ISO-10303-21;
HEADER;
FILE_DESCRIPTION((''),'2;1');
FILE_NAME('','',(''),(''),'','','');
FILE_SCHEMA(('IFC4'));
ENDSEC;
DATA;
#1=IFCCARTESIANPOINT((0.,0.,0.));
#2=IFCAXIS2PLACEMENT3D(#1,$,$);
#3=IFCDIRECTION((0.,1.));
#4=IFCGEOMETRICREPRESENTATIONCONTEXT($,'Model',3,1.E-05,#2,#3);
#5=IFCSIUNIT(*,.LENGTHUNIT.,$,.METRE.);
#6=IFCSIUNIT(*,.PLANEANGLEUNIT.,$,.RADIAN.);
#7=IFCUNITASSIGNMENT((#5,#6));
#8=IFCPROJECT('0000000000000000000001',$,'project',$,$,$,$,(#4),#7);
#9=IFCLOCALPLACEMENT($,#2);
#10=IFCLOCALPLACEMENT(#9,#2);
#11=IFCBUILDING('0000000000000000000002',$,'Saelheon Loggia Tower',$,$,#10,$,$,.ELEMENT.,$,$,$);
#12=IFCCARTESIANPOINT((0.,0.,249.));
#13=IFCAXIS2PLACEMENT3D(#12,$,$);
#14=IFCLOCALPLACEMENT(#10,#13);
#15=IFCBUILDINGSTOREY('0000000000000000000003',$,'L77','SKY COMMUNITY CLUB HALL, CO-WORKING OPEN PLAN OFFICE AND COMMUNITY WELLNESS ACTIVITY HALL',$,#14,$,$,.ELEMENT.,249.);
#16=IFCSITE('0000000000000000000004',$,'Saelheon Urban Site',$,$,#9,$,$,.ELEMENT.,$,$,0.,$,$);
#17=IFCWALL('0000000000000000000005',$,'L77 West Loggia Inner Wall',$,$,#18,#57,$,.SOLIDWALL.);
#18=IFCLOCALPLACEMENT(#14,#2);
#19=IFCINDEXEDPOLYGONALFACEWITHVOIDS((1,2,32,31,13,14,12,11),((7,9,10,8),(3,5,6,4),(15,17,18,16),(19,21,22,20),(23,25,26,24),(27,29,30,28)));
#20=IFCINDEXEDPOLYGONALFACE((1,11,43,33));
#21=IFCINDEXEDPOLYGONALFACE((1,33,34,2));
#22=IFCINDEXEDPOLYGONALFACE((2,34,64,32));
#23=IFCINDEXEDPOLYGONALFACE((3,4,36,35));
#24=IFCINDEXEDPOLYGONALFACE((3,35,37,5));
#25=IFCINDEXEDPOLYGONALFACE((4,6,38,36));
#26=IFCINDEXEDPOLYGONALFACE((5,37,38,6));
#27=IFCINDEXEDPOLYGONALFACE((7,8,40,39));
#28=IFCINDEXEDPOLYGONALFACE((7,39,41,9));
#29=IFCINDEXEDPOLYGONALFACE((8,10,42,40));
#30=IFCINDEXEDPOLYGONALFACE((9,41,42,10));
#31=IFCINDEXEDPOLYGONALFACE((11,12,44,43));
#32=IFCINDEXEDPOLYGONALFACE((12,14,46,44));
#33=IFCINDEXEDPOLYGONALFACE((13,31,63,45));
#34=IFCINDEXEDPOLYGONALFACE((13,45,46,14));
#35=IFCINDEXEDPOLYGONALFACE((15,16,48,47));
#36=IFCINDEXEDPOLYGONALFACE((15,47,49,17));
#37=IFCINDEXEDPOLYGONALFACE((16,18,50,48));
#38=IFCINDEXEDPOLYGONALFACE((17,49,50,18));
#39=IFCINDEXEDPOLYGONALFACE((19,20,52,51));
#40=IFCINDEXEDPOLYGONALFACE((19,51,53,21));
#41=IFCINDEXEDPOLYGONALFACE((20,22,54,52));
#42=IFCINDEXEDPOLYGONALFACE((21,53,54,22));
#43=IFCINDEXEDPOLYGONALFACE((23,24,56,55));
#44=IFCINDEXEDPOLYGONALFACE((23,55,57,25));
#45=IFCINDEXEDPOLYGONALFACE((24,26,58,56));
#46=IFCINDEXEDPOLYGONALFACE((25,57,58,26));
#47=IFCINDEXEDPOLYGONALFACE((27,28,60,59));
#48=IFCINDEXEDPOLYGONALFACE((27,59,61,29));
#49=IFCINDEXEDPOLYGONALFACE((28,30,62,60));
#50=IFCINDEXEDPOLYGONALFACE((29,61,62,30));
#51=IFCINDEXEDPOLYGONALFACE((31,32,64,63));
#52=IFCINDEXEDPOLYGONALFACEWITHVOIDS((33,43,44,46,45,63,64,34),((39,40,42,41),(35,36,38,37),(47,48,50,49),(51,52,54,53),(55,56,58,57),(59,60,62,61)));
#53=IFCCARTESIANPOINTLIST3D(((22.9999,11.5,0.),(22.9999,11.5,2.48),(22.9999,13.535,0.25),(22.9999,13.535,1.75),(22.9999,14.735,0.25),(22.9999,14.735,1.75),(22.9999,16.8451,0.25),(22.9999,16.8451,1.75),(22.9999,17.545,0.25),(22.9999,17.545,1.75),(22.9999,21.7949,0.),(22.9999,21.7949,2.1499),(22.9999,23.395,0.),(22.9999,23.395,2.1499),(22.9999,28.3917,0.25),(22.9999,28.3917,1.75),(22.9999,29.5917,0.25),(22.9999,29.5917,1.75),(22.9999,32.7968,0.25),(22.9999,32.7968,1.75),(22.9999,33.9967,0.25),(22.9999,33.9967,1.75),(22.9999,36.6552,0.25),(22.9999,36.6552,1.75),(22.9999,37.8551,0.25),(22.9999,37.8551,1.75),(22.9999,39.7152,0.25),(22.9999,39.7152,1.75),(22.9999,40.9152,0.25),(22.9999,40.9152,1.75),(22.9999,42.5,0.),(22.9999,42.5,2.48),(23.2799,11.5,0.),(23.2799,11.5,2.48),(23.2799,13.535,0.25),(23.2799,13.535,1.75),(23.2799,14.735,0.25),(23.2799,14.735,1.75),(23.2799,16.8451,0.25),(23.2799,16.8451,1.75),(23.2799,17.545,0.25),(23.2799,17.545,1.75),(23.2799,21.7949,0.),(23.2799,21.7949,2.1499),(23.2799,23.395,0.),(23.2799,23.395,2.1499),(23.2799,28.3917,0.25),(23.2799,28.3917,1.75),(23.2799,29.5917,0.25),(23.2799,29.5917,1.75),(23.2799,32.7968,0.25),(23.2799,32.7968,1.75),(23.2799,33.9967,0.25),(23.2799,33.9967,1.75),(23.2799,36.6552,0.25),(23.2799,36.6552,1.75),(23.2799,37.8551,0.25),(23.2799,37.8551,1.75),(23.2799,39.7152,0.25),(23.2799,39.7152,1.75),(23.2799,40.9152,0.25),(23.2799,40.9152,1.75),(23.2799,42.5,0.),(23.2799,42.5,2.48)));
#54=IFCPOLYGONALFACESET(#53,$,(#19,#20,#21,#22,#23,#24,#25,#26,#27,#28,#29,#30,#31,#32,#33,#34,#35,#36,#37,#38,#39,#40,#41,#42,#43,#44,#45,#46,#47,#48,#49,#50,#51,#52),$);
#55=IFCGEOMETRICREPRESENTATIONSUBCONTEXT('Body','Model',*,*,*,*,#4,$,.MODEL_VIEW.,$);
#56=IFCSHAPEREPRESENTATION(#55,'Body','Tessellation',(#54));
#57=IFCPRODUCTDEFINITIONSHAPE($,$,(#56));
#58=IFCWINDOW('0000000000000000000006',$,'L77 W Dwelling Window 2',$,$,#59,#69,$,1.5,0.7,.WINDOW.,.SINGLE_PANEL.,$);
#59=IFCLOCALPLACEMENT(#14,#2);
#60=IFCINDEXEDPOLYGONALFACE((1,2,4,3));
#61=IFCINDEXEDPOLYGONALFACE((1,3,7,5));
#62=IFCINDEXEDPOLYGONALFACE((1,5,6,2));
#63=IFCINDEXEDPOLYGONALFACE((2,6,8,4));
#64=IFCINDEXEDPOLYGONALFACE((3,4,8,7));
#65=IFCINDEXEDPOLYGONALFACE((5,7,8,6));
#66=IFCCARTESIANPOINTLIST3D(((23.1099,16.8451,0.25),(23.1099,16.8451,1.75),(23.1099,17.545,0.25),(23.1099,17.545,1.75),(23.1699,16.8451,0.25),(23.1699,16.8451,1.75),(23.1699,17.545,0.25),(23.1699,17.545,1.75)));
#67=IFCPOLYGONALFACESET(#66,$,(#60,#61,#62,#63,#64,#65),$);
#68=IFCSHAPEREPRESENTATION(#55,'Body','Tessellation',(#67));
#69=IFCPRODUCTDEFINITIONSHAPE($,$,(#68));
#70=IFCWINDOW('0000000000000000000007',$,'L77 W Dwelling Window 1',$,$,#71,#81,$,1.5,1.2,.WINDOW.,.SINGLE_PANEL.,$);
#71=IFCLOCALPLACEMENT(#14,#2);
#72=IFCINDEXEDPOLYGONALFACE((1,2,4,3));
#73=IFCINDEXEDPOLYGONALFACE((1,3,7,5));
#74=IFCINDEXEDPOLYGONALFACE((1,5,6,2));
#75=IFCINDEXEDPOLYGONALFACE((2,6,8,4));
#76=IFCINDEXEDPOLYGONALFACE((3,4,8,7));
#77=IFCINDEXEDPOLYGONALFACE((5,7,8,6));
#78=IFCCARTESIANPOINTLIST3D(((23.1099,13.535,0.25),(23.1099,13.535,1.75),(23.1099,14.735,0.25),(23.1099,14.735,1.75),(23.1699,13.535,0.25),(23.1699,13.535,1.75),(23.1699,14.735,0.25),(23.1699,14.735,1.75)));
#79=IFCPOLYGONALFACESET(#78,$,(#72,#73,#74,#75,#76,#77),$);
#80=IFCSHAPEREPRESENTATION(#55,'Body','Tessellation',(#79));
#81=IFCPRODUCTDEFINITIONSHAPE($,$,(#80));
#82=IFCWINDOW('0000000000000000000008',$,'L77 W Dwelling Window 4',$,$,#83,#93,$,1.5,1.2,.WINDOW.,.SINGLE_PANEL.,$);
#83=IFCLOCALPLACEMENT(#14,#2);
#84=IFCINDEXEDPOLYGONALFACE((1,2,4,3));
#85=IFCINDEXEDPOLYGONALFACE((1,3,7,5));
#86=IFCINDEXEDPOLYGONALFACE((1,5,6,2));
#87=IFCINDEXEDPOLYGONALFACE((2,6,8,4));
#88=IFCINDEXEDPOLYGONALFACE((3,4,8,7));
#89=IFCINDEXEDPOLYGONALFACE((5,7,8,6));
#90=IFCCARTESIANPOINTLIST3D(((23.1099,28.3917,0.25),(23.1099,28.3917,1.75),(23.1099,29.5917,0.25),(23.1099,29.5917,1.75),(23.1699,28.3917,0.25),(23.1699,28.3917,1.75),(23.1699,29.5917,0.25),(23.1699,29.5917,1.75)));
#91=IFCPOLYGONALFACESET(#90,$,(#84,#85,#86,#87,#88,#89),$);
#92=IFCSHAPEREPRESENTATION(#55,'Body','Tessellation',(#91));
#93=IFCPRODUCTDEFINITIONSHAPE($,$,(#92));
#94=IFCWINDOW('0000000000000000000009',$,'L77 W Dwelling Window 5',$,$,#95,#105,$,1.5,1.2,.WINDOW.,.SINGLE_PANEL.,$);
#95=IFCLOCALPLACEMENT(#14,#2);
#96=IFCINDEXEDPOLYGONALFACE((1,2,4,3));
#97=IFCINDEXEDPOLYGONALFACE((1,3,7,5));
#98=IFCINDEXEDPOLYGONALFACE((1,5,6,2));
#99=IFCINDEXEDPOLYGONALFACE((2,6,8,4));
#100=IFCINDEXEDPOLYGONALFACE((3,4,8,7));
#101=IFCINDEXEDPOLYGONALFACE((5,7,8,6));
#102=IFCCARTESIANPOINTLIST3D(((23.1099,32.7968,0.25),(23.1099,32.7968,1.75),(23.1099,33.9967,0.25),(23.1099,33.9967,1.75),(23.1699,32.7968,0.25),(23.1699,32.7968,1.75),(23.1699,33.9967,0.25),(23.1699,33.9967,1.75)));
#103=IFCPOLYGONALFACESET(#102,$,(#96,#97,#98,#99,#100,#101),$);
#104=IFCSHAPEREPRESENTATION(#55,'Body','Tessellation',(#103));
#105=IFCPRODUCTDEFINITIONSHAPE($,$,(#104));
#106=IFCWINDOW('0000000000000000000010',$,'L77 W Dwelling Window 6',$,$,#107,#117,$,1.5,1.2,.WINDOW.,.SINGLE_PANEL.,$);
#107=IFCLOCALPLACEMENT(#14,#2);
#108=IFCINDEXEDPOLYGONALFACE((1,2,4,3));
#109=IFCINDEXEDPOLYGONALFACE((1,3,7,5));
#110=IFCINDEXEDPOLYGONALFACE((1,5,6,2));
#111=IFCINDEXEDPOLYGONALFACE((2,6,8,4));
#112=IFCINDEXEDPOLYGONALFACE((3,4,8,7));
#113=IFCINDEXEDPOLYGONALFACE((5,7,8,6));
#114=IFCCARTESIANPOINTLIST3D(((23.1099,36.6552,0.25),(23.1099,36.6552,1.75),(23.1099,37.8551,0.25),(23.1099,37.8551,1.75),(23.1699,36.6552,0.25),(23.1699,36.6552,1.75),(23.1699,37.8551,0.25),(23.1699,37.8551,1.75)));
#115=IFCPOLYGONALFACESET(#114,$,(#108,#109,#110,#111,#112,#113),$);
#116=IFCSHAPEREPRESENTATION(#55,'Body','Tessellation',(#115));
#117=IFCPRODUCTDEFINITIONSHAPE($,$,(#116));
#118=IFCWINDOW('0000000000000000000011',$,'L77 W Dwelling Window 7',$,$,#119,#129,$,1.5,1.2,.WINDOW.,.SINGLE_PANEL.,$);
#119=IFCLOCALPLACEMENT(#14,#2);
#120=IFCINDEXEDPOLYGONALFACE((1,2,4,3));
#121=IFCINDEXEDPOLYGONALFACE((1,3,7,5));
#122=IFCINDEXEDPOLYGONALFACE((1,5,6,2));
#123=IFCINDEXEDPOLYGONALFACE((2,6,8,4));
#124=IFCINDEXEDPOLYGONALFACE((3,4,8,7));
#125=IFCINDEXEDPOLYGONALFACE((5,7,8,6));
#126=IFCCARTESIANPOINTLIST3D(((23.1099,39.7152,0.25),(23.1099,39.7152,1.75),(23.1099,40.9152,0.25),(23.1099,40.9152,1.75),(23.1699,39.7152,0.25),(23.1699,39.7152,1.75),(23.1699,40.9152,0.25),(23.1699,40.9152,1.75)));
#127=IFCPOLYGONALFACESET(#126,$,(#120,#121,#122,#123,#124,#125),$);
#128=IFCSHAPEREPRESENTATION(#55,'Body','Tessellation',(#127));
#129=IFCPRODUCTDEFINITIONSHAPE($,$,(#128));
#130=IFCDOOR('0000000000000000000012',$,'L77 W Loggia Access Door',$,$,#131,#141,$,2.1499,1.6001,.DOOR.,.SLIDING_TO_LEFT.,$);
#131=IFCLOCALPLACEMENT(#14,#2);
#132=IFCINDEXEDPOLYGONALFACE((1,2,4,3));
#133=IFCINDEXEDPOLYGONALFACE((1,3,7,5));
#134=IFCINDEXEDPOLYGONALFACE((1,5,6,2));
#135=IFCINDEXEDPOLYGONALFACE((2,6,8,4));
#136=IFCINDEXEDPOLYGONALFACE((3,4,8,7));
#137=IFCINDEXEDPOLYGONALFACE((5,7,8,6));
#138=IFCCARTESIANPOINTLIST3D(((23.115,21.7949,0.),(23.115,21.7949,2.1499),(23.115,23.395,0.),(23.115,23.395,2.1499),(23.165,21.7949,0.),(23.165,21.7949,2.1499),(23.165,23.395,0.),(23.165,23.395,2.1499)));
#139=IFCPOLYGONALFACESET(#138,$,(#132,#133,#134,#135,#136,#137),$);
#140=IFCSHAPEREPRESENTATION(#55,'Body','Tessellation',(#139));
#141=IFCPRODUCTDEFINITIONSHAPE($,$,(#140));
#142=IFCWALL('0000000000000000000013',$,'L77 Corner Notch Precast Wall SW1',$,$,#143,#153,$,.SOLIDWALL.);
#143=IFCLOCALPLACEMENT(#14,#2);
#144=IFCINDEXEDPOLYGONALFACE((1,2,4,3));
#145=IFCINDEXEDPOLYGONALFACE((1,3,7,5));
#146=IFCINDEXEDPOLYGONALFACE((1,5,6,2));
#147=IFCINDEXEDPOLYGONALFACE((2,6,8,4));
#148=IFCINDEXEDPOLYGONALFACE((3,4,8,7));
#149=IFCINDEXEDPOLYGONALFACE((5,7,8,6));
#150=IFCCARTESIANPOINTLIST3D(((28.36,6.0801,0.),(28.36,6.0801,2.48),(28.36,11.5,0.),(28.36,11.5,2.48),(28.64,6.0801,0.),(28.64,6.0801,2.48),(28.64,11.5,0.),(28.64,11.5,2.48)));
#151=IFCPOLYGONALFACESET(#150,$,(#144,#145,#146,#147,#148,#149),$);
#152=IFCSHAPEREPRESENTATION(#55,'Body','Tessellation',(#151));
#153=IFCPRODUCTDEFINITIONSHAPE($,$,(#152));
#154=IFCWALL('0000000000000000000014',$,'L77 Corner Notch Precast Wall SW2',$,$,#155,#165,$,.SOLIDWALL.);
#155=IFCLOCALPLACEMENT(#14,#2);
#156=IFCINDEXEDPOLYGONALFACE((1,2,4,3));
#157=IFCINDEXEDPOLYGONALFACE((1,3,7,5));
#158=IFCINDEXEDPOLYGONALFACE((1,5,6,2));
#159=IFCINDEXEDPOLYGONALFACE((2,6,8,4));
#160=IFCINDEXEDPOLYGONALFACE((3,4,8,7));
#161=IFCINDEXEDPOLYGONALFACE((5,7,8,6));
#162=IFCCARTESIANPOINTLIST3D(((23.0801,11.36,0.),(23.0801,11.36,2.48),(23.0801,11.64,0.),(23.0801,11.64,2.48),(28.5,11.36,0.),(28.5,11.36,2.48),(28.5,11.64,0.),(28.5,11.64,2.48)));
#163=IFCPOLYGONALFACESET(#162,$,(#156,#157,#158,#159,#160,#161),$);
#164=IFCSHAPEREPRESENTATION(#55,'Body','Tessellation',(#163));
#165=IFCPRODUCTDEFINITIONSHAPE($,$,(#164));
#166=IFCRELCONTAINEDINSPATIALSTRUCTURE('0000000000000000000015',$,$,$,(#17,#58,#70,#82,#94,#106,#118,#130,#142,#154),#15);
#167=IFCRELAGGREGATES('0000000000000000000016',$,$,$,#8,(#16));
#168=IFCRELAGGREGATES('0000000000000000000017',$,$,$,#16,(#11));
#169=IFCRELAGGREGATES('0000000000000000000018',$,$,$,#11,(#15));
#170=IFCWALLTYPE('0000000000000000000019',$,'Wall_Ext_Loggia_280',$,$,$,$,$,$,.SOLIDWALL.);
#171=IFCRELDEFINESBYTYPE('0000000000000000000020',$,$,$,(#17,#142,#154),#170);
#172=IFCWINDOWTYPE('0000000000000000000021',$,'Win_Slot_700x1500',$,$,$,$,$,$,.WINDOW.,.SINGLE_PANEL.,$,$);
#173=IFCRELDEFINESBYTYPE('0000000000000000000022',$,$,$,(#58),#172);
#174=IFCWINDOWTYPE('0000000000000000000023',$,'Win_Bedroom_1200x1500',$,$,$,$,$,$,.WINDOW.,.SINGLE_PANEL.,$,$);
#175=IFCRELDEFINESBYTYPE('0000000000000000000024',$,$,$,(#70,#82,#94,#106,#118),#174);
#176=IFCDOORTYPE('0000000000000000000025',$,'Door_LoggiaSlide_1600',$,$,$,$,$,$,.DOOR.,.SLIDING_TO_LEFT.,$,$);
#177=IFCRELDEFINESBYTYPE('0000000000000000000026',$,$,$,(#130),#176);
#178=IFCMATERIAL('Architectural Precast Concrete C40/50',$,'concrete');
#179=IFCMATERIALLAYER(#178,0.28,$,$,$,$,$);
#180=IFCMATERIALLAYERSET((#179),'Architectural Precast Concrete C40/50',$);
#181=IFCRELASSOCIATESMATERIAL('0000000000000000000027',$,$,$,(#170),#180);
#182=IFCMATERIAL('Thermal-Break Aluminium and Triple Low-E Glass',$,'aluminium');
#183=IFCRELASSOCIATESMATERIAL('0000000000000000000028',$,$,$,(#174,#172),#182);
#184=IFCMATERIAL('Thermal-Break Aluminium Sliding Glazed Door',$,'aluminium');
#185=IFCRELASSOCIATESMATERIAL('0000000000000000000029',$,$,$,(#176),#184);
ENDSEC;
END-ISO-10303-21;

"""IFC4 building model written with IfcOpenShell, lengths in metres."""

from ifc_helpers import new_model, si_unit, direction, frame, frame_2d, origin, place, context, subcontext, project, spatial, rectangle, extrude, source, transform, mapped, material, layer, layer_set, type_object, element, fill, save


model = new_model("IFC4")

# Units and contexts
model_context = context("Model", 3, precision=1e-05, world=origin(), true_north=direction((0.0, 1.0)))
body_context = subcontext(model_context, "Body", "Model", "MODEL_VIEW")
ifc_project = project(units=[si_unit("LENGTHUNIT", "METRE"), si_unit("PLANEANGLEUNIT", "RADIAN")], contexts=[model_context])

# Site, building, storey
site_placement = place(None, origin())
site = spatial("IfcSite", under=ifc_project, at=site_placement, Name="Saelheon Urban Site", CompositionType="ELEMENT", RefElevation=0.0)
building_placement = place(site_placement, origin())
building = spatial("IfcBuilding", under=site, at=building_placement, Name="Saelheon Loggia Tower", CompositionType="ELEMENT")
storey_placement = place(building_placement, frame((0.0, 0.0, 249.0)))
storey = spatial("IfcBuildingStorey", under=building, at=storey_placement, Name="L77", Description="SKY COMMUNITY CLUB HALL, CO-WORKING OPEN PLAN OFFICE AND COMMUNITY WELLNESS ACTIVITY HALL", CompositionType="ELEMENT", Elevation=249.0)

# Wall, openings, windows, door
ifc_material_1 = material(Name="Architectural Precast Concrete C40/50", Category="concrete")
ifc_layer_1 = layer(ifc_material_1, 0.28)
ifc_layer_set_1 = layer_set([ifc_layer_1], Name="Architectural Precast Concrete C40/50")
wall_type_1 = type_object("IfcWallType", Name="Wall_Ext_Loggia_280", PredefinedType="SOLIDWALL", material=ifc_layer_set_1)
ifc_material_2 = material(Name="Thermal-Break Aluminium and Triple Low-E Glass", Category="aluminium")
window_type_1 = type_object("IfcWindowType", Name="Win_Bedroom_1200x1500", PartitioningType="SINGLE_PANEL", PredefinedType="WINDOW", material=ifc_material_2)
shared_shape_1 = source(origin(), body_context, "Body", "SweptSolid", [
    extrude(rectangle(XDim=1.2, YDim=1.5, at=frame_2d((0.6001, 0.75))), frame((0.0, 0.03, 0.0), z_axis=(0.0, -1.0, 0.0), x_axis=(1.0, 0.0, 0.0)), (0.0, 0.0, 1.0), 0.0601),
])
wall_1_placement = place(storey_placement, frame((23.1399, 11.5, 0.0), z_axis=(0.0, 0.0, 1.0), x_axis=(0.0, 1.0, 0.0)))
wall_1 = element("IfcWall", 1, at=wall_1_placement, inside=storey, type_object=wall_type_1, Name="L77 West Loggia Inner Wall", PredefinedType="SOLIDWALL", context=body_context, shape_type="SweptSolid", body=[
    extrude(rectangle(XDim=31.0, YDim=0.28, at=frame_2d((15.5, 0.0))), origin(), (0.0, 0.0, 1.0), 2.48),
])
opening_1_placement = place(wall_1_placement, frame((2.0349, 0.0, 0.25)))
opening_1 = element("IfcOpeningElement", 2, at=opening_1_placement, cuts=wall_1, PredefinedType="OPENING", context=body_context, shape_type="SweptSolid", body=[
    extrude(rectangle(XDim=1.2, YDim=1.5, at=frame_2d((0.6001, 0.75))), frame((0.0, 0.1521, 0.0), z_axis=(0.0, -1.0, 0.0), x_axis=(1.0, 0.0, 0.0)), (0.0, 0.0, 1.0), 0.304),
])
opening_2_placement = place(wall_1_placement, frame((5.345, 0.0, 0.25)))
opening_2 = element("IfcOpeningElement", 3, at=opening_2_placement, cuts=wall_1, PredefinedType="OPENING", context=body_context, shape_type="SweptSolid", body=[
    extrude(rectangle(XDim=0.7, YDim=1.5, at=frame_2d((0.3501, 0.75))), frame((0.0, 0.1521, 0.0), z_axis=(0.0, -1.0, 0.0), x_axis=(1.0, 0.0, 0.0)), (0.0, 0.0, 1.0), 0.304),
])
opening_3_placement = place(wall_1_placement, frame((10.2949, 0.0, 0.0)))
opening_3 = element("IfcOpeningElement", 4, at=opening_3_placement, cuts=wall_1, PredefinedType="OPENING", context=body_context, shape_type="SweptSolid", body=[
    extrude(rectangle(XDim=1.6001, YDim=2.1499, at=frame_2d((0.8, 1.075))), frame((0.0, 0.1521, 0.0), z_axis=(0.0, -1.0, 0.0), x_axis=(1.0, 0.0, 0.0)), (0.0, 0.0, 1.0), 0.304),
])
opening_4_placement = place(wall_1_placement, frame((16.8916, 0.0, 0.25)))
opening_4 = element("IfcOpeningElement", 5, at=opening_4_placement, cuts=wall_1, PredefinedType="OPENING", context=body_context, shape_type="SweptSolid", body=[
    extrude(rectangle(XDim=1.2, YDim=1.5, at=frame_2d((0.6001, 0.75))), frame((0.0, 0.1521, 0.0), z_axis=(0.0, -1.0, 0.0), x_axis=(1.0, 0.0, 0.0)), (0.0, 0.0, 1.0), 0.304),
])
opening_5_placement = place(wall_1_placement, frame((21.2966, 0.0, 0.25)))
opening_5 = element("IfcOpeningElement", 6, at=opening_5_placement, cuts=wall_1, PredefinedType="OPENING", context=body_context, shape_type="SweptSolid", body=[
    extrude(rectangle(XDim=1.2, YDim=1.5, at=frame_2d((0.6001, 0.75))), frame((0.0, 0.1521, 0.0), z_axis=(0.0, -1.0, 0.0), x_axis=(1.0, 0.0, 0.0)), (0.0, 0.0, 1.0), 0.304),
])
opening_6_placement = place(wall_1_placement, frame((25.155, 0.0, 0.25)))
opening_6 = element("IfcOpeningElement", 7, at=opening_6_placement, cuts=wall_1, PredefinedType="OPENING", context=body_context, shape_type="SweptSolid", body=[
    extrude(rectangle(XDim=1.2, YDim=1.5, at=frame_2d((0.6001, 0.75))), frame((0.0, 0.1521, 0.0), z_axis=(0.0, -1.0, 0.0), x_axis=(1.0, 0.0, 0.0)), (0.0, 0.0, 1.0), 0.304),
])
opening_7_placement = place(wall_1_placement, frame((28.2151, 0.0, 0.25)))
opening_7 = element("IfcOpeningElement", 8, at=opening_7_placement, cuts=wall_1, PredefinedType="OPENING", context=body_context, shape_type="SweptSolid", body=[
    extrude(rectangle(XDim=1.2, YDim=1.5, at=frame_2d((0.6001, 0.75))), frame((0.0, 0.1521, 0.0), z_axis=(0.0, -1.0, 0.0), x_axis=(1.0, 0.0, 0.0)), (0.0, 0.0, 1.0), 0.304),
])
window_type_2 = type_object("IfcWindowType", Name="Win_Slot_700x1500", PartitioningType="SINGLE_PANEL", PredefinedType="WINDOW", material=ifc_material_2)
shared_shape_2 = source(origin(), body_context, "Body", "SweptSolid", [
    extrude(rectangle(XDim=0.7, YDim=1.5, at=frame_2d((0.3501, 0.75))), frame((0.0, 0.03, 0.0), z_axis=(0.0, -1.0, 0.0), x_axis=(1.0, 0.0, 0.0)), (0.0, 0.0, 1.0), 0.0601),
])
window_1_placement = place(opening_2_placement, origin())
window_1 = element("IfcWindow", 9, at=window_1_placement, inside=storey, type_object=window_type_2, Name="L77 W Dwelling Window 2", OverallHeight=1.5, OverallWidth=0.7, PartitioningType="SINGLE_PANEL", PredefinedType="WINDOW", context=body_context, shape_type="MappedRepresentation", body=[
    mapped(shared_shape_2, transform((0.0, 0.0, 0.0), scale=1.0)),
])
fill(opening_2, window_1)
window_2_placement = place(opening_1_placement, origin())
window_2 = element("IfcWindow", 10, at=window_2_placement, inside=storey, type_object=window_type_1, Name="L77 W Dwelling Window 1", OverallHeight=1.5, OverallWidth=1.2, PartitioningType="SINGLE_PANEL", PredefinedType="WINDOW", context=body_context, shape_type="MappedRepresentation", body=[
    mapped(shared_shape_1, transform((0.0, 0.0, 0.0), scale=1.0)),
])
fill(opening_1, window_2)
window_3_placement = place(opening_4_placement, origin())
window_3 = element("IfcWindow", 11, at=window_3_placement, inside=storey, type_object=window_type_1, Name="L77 W Dwelling Window 4", OverallHeight=1.5, OverallWidth=1.2, PartitioningType="SINGLE_PANEL", PredefinedType="WINDOW", context=body_context, shape_type="MappedRepresentation", body=[
    mapped(shared_shape_1, transform((0.0, 0.0, 0.0), scale=1.0)),
])
fill(opening_4, window_3)
window_4_placement = place(opening_5_placement, origin())
window_4 = element("IfcWindow", 12, at=window_4_placement, inside=storey, type_object=window_type_1, Name="L77 W Dwelling Window 5", OverallHeight=1.5, OverallWidth=1.2, PartitioningType="SINGLE_PANEL", PredefinedType="WINDOW", context=body_context, shape_type="MappedRepresentation", body=[
    mapped(shared_shape_1, transform((0.0, 0.0, 0.0), scale=1.0)),
])
fill(opening_5, window_4)
window_5_placement = place(opening_6_placement, origin())
window_5 = element("IfcWindow", 13, at=window_5_placement, inside=storey, type_object=window_type_1, Name="L77 W Dwelling Window 6", OverallHeight=1.5, OverallWidth=1.2, PartitioningType="SINGLE_PANEL", PredefinedType="WINDOW", context=body_context, shape_type="MappedRepresentation", body=[
    mapped(shared_shape_1, transform((0.0, 0.0, 0.0), scale=1.0)),
])
fill(opening_6, window_5)
window_6_placement = place(opening_7_placement, origin())
window_6 = element("IfcWindow", 14, at=window_6_placement, inside=storey, type_object=window_type_1, Name="L77 W Dwelling Window 7", OverallHeight=1.5, OverallWidth=1.2, PartitioningType="SINGLE_PANEL", PredefinedType="WINDOW", context=body_context, shape_type="MappedRepresentation", body=[
    mapped(shared_shape_1, transform((0.0, 0.0, 0.0), scale=1.0)),
])
fill(opening_7, window_6)
ifc_material_3 = material(Name="Thermal-Break Aluminium Sliding Glazed Door", Category="aluminium")
door_type_1 = type_object("IfcDoorType", Name="Door_LoggiaSlide_1600", OperationType="SLIDING_TO_LEFT", PredefinedType="DOOR", material=ifc_material_3)
shared_shape_3 = source(origin(), body_context, "Body", "SweptSolid", [
    extrude(rectangle(XDim=1.6001, YDim=2.1499, at=frame_2d((0.8, 1.075))), frame((0.0, 0.0249, 0.0), z_axis=(0.0, -1.0, 0.0), x_axis=(1.0, 0.0, 0.0)), (0.0, 0.0, 1.0), 0.05),
])
door_1_placement = place(opening_3_placement, origin())
door_1 = element("IfcDoor", 15, at=door_1_placement, inside=storey, type_object=door_type_1, Name="L77 W Loggia Access Door", OperationType="SLIDING_TO_LEFT", OverallHeight=2.1499, OverallWidth=1.6001, PredefinedType="DOOR", context=body_context, shape_type="MappedRepresentation", body=[
    mapped(shared_shape_3, transform((0.0, 0.0, 0.0), scale=1.0)),
])
fill(opening_3, door_1)

# Walls
for number, where, z_axis, x_axis, name in (
    (16, (28.5, 6.0801, 0.0), (0.0, 0.0, 1.0), (0.0, 1.0, 0.0), "L77 Corner Notch Precast Wall SW1"),
    (17, (23.0801, 11.5, 0.0), (0.0, 0.0, 1.0), (1.0, 0.0, 0.0), "L77 Corner Notch Precast Wall SW2"),
):
    element("IfcWall", number, at=place(storey_placement, frame(where, z_axis=z_axis, x_axis=x_axis)), inside=storey, type_object=wall_type_1, Name=name, PredefinedType="SOLIDWALL", context=body_context, shape_type="SweptSolid", body=[
        extrude(rectangle(XDim=5.4199, YDim=0.28, at=frame_2d((2.71, 0.0))), origin(), (0.0, 0.0, 1.0), 2.48),
    ])

save(model, "model.ifc")
